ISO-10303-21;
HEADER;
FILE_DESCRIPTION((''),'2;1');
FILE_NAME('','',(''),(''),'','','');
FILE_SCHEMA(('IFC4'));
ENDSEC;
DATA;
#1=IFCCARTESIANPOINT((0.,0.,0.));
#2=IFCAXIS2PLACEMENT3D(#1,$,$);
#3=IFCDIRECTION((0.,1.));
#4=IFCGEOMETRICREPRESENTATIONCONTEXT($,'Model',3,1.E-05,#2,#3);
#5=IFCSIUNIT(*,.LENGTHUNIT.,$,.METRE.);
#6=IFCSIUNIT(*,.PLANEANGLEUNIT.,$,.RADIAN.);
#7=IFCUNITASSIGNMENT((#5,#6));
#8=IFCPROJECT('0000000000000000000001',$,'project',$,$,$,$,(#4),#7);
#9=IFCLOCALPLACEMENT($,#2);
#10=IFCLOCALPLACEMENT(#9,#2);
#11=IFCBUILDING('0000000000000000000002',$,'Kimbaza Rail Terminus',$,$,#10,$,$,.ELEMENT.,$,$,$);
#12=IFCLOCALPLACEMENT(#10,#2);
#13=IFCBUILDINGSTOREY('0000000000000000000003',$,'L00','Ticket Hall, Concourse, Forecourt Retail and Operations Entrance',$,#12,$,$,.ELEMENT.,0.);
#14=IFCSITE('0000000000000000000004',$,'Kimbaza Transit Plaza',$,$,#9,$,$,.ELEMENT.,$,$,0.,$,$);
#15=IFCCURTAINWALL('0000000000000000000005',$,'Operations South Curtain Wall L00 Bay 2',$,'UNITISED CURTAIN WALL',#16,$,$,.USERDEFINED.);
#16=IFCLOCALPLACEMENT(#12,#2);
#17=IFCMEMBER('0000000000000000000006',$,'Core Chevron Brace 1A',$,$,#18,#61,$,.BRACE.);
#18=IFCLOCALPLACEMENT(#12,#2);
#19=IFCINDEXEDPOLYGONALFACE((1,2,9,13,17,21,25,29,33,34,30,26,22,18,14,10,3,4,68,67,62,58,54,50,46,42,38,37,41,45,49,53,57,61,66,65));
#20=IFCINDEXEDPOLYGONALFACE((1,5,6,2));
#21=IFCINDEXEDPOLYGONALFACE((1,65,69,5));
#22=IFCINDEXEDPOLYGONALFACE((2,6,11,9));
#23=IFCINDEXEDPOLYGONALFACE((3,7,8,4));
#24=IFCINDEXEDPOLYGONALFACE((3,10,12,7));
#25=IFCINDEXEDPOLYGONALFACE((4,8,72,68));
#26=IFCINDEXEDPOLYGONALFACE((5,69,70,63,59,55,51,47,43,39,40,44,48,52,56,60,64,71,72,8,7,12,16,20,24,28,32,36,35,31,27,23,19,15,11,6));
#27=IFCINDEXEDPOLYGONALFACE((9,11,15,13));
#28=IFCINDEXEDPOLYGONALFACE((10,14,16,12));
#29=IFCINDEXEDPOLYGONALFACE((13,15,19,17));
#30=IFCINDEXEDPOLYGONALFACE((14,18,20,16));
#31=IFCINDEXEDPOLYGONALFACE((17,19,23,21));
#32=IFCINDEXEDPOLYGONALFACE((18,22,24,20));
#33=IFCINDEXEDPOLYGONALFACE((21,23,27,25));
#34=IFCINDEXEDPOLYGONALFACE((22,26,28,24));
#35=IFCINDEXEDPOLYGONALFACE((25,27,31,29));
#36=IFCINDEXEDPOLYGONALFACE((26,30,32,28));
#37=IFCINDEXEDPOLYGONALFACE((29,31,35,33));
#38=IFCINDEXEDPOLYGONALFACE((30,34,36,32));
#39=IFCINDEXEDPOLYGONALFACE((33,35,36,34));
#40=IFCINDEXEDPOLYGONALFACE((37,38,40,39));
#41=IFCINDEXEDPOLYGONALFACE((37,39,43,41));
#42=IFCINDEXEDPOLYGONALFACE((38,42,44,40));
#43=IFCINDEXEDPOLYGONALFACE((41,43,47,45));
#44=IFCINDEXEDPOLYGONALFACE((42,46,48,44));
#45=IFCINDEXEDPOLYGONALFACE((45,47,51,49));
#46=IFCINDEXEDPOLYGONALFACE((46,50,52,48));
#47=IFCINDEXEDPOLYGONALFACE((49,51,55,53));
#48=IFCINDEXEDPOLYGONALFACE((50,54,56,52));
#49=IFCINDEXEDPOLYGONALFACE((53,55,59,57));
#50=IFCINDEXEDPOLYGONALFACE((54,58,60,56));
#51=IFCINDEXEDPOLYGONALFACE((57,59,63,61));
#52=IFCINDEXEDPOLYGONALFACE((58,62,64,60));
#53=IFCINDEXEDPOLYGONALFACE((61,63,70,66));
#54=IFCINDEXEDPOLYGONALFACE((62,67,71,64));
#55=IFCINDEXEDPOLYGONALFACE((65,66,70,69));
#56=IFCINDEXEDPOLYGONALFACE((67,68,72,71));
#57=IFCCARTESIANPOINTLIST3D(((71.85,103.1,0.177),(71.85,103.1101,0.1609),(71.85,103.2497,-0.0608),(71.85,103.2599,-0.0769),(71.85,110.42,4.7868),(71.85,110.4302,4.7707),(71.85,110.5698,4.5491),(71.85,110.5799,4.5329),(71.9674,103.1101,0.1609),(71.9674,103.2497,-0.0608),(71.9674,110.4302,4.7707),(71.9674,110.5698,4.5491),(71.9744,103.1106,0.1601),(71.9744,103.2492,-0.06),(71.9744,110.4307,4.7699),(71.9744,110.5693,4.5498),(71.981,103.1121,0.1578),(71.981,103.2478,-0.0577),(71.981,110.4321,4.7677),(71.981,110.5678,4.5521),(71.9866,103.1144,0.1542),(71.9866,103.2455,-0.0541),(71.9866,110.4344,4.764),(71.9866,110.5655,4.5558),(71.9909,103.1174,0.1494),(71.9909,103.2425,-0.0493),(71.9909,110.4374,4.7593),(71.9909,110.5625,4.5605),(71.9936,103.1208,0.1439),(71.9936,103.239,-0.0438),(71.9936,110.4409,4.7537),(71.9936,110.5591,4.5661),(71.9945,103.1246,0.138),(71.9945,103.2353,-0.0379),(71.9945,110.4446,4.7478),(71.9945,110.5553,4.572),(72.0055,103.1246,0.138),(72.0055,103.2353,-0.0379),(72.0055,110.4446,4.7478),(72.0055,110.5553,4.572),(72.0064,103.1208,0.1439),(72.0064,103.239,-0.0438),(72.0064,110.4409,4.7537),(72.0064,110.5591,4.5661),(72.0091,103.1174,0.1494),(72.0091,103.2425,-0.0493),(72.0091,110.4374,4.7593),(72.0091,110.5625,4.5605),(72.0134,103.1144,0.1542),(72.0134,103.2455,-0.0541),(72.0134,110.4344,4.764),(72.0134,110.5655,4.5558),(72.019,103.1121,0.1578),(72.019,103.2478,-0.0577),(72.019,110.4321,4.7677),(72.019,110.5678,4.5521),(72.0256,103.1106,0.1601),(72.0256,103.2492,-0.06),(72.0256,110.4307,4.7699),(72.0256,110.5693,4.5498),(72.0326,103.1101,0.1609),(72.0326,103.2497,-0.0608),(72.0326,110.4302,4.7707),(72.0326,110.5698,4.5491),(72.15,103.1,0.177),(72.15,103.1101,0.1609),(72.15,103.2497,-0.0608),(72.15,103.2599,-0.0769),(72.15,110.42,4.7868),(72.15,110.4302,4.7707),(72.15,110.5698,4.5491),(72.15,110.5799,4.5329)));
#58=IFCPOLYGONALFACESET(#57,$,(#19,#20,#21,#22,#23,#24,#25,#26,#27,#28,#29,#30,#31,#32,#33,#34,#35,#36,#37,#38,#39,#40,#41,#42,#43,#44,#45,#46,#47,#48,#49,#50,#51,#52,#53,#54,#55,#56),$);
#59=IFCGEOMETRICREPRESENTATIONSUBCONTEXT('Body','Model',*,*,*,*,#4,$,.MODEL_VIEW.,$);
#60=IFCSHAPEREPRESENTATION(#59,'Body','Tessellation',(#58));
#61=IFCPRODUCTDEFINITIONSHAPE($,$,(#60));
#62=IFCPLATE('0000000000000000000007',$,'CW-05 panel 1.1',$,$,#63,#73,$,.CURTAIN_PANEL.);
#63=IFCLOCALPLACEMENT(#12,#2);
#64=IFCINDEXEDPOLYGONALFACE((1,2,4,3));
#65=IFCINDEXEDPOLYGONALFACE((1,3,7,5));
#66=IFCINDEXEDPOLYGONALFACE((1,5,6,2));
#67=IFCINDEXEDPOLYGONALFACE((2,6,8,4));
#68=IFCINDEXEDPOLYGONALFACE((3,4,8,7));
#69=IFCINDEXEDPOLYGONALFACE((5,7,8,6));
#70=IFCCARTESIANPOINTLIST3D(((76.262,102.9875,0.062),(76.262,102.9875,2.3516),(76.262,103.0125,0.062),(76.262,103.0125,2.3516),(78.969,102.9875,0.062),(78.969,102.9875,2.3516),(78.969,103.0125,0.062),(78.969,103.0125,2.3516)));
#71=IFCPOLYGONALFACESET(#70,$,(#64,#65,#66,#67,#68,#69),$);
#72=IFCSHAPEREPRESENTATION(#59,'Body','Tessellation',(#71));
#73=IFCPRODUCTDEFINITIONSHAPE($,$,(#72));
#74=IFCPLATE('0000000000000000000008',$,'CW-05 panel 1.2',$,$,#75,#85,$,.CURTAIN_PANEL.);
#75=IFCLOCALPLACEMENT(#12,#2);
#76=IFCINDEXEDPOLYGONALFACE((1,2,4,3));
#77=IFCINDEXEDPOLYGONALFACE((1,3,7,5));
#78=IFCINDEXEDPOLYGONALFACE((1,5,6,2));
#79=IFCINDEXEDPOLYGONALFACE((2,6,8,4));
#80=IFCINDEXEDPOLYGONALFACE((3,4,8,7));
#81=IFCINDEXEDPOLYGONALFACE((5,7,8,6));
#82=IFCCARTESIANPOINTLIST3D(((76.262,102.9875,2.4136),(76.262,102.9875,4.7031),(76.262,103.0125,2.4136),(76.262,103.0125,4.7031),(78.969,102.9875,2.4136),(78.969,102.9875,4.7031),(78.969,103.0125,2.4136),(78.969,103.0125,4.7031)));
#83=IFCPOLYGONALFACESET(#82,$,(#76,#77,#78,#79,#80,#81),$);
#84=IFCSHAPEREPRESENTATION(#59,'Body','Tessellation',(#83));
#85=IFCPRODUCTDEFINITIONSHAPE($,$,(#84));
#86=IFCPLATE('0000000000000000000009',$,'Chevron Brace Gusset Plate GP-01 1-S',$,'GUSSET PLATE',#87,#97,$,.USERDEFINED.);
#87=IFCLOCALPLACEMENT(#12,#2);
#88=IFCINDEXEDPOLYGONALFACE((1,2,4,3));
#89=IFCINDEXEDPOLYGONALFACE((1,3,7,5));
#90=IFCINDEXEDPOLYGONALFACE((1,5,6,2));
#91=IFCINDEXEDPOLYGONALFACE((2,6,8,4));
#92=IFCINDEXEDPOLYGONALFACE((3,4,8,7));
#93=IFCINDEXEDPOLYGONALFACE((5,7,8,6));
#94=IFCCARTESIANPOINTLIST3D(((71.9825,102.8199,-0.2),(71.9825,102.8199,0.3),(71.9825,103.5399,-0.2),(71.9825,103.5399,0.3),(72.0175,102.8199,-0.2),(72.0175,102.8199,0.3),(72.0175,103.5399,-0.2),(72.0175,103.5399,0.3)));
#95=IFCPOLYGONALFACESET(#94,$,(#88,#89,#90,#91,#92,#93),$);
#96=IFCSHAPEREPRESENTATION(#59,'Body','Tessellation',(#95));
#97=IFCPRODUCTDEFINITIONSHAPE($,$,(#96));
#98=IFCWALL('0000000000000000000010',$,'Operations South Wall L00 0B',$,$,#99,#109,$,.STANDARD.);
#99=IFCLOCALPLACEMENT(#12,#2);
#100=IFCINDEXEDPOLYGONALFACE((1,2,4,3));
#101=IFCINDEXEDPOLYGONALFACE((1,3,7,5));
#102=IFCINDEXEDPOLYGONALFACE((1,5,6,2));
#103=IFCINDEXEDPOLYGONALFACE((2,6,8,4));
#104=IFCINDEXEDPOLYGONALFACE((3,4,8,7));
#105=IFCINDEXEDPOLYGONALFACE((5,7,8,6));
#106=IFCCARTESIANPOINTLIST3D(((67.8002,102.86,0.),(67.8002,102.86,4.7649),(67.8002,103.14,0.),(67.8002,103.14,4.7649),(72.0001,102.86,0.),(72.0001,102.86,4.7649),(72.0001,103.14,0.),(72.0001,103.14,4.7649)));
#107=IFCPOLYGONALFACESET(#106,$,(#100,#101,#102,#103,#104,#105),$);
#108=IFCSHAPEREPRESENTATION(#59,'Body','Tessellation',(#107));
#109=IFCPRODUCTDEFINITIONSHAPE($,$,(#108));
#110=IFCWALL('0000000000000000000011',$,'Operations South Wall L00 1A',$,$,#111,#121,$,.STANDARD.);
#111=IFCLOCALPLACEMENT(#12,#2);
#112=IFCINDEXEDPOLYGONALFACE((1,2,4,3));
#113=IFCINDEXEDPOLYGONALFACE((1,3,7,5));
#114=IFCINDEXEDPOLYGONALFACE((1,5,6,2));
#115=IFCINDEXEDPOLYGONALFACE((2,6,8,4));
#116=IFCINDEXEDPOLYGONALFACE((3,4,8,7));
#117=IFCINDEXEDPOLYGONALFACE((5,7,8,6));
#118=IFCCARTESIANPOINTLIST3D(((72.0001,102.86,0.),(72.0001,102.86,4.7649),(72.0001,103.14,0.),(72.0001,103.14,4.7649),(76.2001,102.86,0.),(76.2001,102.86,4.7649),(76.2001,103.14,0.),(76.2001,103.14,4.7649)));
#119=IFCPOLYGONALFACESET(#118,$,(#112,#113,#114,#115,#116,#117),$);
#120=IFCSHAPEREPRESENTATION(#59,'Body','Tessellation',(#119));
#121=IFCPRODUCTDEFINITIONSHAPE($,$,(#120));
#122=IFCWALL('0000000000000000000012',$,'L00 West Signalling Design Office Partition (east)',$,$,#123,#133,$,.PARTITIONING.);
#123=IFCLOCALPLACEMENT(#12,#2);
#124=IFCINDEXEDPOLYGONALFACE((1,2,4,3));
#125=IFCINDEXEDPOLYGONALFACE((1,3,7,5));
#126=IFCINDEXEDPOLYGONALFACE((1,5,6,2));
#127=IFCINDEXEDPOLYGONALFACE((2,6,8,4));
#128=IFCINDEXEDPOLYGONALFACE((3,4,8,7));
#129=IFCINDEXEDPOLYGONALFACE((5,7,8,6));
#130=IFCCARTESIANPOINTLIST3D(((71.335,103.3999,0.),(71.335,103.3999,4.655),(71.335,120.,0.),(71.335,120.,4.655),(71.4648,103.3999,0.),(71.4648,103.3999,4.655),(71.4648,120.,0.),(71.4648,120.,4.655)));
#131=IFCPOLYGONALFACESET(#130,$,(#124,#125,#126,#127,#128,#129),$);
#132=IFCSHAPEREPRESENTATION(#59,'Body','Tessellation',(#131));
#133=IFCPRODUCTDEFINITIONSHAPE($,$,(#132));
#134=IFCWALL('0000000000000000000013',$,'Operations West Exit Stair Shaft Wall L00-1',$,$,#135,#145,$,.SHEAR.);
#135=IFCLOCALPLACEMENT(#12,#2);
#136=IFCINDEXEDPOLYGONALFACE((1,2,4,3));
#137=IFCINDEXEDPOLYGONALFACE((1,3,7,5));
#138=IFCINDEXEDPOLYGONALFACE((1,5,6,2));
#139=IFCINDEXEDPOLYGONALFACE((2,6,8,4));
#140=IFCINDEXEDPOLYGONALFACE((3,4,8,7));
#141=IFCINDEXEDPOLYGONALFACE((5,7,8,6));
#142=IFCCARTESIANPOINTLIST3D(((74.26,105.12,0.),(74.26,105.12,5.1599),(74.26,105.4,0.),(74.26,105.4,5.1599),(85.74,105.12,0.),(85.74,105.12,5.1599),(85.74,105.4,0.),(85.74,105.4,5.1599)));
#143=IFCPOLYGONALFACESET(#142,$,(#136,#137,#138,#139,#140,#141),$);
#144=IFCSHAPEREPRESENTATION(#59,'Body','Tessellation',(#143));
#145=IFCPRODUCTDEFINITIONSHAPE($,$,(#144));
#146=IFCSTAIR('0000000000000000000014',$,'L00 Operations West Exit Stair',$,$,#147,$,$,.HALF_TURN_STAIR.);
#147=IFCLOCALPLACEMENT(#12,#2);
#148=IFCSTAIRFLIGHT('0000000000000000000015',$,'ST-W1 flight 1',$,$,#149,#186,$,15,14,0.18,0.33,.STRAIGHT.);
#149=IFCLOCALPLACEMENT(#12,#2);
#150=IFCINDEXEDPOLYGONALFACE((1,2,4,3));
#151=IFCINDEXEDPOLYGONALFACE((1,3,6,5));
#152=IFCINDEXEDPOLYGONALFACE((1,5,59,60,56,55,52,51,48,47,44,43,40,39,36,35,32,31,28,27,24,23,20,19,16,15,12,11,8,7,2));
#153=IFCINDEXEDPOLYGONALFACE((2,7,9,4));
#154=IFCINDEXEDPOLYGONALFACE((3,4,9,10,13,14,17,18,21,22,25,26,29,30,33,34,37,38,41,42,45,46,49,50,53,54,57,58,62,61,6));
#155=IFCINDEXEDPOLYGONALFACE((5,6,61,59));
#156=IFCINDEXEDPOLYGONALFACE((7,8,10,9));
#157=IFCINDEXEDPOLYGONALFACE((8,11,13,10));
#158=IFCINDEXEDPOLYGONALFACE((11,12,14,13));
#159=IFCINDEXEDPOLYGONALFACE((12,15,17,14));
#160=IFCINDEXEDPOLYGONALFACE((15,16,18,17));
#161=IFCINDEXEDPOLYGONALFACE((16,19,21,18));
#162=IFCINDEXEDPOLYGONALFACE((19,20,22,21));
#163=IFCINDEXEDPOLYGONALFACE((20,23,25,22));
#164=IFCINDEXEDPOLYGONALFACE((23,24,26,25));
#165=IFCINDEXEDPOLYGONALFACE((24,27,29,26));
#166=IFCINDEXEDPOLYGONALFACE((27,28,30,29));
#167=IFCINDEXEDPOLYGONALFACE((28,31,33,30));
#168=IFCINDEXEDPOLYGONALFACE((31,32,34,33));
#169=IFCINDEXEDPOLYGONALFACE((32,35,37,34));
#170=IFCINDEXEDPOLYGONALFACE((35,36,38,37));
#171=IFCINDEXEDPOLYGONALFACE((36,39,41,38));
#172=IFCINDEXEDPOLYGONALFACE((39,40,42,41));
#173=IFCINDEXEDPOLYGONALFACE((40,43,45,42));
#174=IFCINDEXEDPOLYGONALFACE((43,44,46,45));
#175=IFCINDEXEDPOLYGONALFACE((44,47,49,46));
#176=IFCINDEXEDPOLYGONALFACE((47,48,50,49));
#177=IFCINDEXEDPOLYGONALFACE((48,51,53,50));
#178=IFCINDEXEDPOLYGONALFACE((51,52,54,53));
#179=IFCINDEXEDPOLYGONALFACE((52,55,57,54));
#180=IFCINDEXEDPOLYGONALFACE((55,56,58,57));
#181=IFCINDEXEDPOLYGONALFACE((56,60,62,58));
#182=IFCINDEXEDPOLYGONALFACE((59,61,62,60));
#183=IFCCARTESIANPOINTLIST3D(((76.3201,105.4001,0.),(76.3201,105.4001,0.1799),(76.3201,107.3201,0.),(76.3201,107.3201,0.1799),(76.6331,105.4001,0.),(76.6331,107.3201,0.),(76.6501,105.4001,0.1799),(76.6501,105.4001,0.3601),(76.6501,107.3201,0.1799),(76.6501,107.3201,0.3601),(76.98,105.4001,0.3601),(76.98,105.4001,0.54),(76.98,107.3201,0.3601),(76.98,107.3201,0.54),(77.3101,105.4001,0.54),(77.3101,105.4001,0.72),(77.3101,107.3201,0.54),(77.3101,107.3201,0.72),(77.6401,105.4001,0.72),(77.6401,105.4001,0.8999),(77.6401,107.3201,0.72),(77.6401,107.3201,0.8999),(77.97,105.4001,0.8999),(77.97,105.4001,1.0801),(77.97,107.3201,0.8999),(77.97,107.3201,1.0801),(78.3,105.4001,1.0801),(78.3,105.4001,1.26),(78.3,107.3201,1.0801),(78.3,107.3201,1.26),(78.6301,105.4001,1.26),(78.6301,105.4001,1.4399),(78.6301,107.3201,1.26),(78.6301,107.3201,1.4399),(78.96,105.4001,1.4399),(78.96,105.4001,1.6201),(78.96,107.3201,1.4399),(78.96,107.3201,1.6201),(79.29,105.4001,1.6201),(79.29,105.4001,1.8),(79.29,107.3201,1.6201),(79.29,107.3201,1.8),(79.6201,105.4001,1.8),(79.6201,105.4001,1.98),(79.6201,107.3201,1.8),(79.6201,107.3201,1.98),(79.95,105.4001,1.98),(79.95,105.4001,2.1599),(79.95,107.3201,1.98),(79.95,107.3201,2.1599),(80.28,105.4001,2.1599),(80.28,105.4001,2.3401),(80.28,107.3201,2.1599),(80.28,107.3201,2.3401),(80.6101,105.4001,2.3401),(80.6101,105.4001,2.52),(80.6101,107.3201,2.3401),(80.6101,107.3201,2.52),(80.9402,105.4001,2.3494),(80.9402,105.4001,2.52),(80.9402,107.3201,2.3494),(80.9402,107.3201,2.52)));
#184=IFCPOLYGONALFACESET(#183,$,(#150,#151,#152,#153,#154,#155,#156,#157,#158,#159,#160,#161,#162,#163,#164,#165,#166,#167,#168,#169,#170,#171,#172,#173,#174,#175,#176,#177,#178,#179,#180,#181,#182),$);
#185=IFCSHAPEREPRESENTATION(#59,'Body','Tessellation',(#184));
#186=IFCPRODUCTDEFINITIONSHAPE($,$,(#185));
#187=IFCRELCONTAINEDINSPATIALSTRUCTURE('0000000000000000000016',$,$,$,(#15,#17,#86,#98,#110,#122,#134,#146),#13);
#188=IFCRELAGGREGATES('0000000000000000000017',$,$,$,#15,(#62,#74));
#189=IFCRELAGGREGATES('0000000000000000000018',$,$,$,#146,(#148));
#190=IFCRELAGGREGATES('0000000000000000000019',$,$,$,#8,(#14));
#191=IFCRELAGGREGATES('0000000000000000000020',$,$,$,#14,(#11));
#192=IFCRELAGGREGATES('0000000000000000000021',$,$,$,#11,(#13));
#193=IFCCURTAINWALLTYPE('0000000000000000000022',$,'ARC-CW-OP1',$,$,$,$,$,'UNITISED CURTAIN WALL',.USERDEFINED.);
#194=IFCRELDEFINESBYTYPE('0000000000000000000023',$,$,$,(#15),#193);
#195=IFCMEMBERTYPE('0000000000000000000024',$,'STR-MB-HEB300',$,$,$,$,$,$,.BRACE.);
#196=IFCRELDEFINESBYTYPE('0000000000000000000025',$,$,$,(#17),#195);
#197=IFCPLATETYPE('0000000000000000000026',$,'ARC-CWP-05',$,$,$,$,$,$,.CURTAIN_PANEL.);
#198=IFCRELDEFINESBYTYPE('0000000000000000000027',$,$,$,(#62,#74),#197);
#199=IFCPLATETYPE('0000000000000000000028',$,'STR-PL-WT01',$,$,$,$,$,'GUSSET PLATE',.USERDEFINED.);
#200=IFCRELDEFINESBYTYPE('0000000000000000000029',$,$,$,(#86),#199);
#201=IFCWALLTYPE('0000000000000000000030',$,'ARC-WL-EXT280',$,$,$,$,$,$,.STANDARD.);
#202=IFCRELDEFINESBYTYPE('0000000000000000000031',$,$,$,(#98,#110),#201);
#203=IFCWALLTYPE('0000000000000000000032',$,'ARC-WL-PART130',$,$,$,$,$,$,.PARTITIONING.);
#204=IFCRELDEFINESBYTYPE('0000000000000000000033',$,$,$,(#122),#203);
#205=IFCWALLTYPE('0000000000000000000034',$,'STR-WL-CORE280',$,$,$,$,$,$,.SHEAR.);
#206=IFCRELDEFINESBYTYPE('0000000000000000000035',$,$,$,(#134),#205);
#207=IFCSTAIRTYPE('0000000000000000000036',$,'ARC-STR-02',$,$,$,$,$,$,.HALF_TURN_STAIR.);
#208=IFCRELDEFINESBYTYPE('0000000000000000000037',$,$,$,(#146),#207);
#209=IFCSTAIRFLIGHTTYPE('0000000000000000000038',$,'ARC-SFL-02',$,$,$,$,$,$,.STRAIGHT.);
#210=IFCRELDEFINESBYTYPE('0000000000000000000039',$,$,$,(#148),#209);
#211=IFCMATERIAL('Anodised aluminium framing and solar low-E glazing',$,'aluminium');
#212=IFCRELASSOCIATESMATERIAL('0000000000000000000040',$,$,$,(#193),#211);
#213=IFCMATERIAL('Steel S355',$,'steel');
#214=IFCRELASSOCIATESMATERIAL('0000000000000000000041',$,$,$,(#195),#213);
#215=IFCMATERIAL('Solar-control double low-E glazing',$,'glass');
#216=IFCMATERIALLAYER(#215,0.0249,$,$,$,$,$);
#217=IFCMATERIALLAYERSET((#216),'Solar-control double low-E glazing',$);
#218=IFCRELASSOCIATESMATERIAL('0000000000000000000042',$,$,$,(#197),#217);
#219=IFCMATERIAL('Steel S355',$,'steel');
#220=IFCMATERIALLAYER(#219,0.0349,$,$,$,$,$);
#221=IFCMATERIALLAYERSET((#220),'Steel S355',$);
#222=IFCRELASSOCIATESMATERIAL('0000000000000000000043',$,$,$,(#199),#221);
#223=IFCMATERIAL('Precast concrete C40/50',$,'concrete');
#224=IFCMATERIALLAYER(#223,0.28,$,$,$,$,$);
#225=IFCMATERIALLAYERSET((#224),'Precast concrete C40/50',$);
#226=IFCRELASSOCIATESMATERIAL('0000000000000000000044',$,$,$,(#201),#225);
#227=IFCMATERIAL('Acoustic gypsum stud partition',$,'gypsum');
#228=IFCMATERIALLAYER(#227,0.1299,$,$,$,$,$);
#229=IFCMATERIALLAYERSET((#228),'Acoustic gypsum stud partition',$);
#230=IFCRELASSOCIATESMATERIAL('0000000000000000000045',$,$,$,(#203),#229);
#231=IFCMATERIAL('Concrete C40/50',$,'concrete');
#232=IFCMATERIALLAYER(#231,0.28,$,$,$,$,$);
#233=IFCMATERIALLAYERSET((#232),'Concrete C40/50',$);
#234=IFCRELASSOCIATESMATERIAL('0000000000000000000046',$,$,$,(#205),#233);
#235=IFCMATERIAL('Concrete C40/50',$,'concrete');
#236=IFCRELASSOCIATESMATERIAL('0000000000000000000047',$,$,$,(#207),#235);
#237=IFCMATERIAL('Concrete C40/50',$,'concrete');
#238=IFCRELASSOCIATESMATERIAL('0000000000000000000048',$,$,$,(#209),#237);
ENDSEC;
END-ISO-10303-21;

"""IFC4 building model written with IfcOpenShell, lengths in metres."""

from ifc_helpers import new_model, si_unit, direction, frame, frame_2d, origin, origin_2d, place, context, subcontext, project, spatial, polyline, rectangle, i_section, outline, extrude, material, layer, layer_set, material_profile, profile_set, type_object, element, aggregate, save


model = new_model("IFC4")

# Units and contexts
model_context = context("Model", 3, precision=1e-05, world=origin(), true_north=direction((0.0, 1.0)))
body_context = subcontext(model_context, "Body", "Model", "MODEL_VIEW")
ifc_project = project(units=[si_unit("LENGTHUNIT", "METRE"), si_unit("PLANEANGLEUNIT", "RADIAN")], contexts=[model_context])

# Site, building, storey
site_placement = place(None, origin())
site = spatial("IfcSite", under=ifc_project, at=site_placement, Name="Kimbaza Transit Plaza", CompositionType="ELEMENT", RefElevation=0.0)
building_placement = place(site_placement, origin())
building = spatial("IfcBuilding", under=site, at=building_placement, Name="Kimbaza Rail Terminus", CompositionType="ELEMENT")
storey_placement = place(building_placement, origin())
storey = spatial("IfcBuildingStorey", under=building, at=storey_placement, Name="L00", Description="Ticket Hall, Concourse, Forecourt Retail and Operations Entrance", CompositionType="ELEMENT", Elevation=0.0)

# Shared definitions
ifc_material_1 = material(Name="Anodised aluminium framing and solar low-E glazing", Category="aluminium")
curtain_wall_type = type_object("IfcCurtainWallType", Name="ARC-CW-OP1", ElementType="UNITISED CURTAIN WALL", PredefinedType="USERDEFINED", material=ifc_material_1)

# Curtain wall
curtain_wall_1_placement = place(storey_placement, origin())
curtain_wall_1 = element("IfcCurtainWall", 1, at=curtain_wall_1_placement, inside=storey, type_object=curtain_wall_type, Name="Operations South Curtain Wall L00 Bay 2", ObjectType="UNITISED CURTAIN WALL", PredefinedType="USERDEFINED")

# Member
ifc_material_2 = material(Name="Steel S355", Category="steel")
ifc_material_profile_1 = material_profile(ifc_material_2, i_section(OverallWidth=0.3, OverallDepth=0.3, WebThickness=0.011, FlangeThickness=0.019, FilletRadius=0.0271, at=origin_2d()), Name="HEB 300")
ifc_profile_set_1 = profile_set([ifc_material_profile_1], Name="Steel S355")
member_type_1 = type_object("IfcMemberType", Name="STR-MB-HEB300", PredefinedType="BRACE", material=ifc_profile_set_1)
member_1_placement = place(storey_placement, frame((72.0, 103.1799, 0.05), z_axis=(0.0, 0.846184, 0.53289), x_axis=(-1.0, 0.0, 0.0)))
element("IfcMember", 2, at=member_1_placement, inside=storey, type_object=member_type_1, Name="Core Chevron Brace 1A", PredefinedType="BRACE", context=body_context, shape_type="SweptSolid", body=[
    extrude(i_section(OverallWidth=0.3, OverallDepth=0.3, WebThickness=0.011, FlangeThickness=0.019, FilletRadius=0.0271, at=origin_2d()), origin(), (0.0, 0.0, 1.0), 8.6506),
])

# Plates
ifc_material_3 = material(Name="Solar-control double low-E glazing", Category="glass")
ifc_layer_1 = layer(ifc_material_3, 0.0249)
ifc_layer_set_1 = layer_set([ifc_layer_1], Name="Solar-control double low-E glazing")
plate_type_1 = type_object("IfcPlateType", Name="ARC-CWP-05", PredefinedType="CURTAIN_PANEL", material=ifc_layer_set_1)
plate_1_placement = place(storey_placement, frame((77.6155, 103.0, 0.062), z_axis=(0.0, 0.0, 1.0), x_axis=(1.0, 0.0, 0.0)))
plate_1 = element("IfcPlate", 3, at=plate_1_placement, type_object=plate_type_1, Name="CW-05 panel 1.1", PredefinedType="CURTAIN_PANEL", context=body_context, shape_type="SweptSolid", body=[
    extrude(rectangle(XDim=2.707, YDim=0.0249, at=origin_2d()), origin(), (0.0, 0.0, 1.0), 2.2896),
])
plate_2_placement = place(storey_placement, frame((77.6155, 103.0, 2.4136), z_axis=(0.0, 0.0, 1.0), x_axis=(1.0, 0.0, 0.0)))
plate_2 = element("IfcPlate", 4, at=plate_2_placement, type_object=plate_type_1, Name="CW-05 panel 1.2", PredefinedType="CURTAIN_PANEL", context=body_context, shape_type="SweptSolid", body=[
    extrude(rectangle(XDim=2.707, YDim=0.0249, at=origin_2d()), origin(), (0.0, 0.0, 1.0), 2.2896),
])
aggregate(curtain_wall_1, [plate_1, plate_2])
ifc_material_4 = material(Name="Steel S355", Category="steel")
ifc_layer_2 = layer(ifc_material_4, 0.0349)
ifc_layer_set_2 = layer_set([ifc_layer_2], Name="Steel S355")
plate_type_2 = type_object("IfcPlateType", Name="STR-PL-WT01", ElementType="GUSSET PLATE", PredefinedType="USERDEFINED", material=ifc_layer_set_2)
plate_3_placement = place(storey_placement, frame((72.0, 103.1799, -0.2), z_axis=(0.0, 0.0, 1.0), x_axis=(1.0, 0.0, 0.0)))
element("IfcPlate", 5, at=plate_3_placement, inside=storey, type_object=plate_type_2, Name="Chevron Brace Gusset Plate GP-01 1-S", ObjectType="GUSSET PLATE", PredefinedType="USERDEFINED", context=body_context, shape_type="SweptSolid", body=[
    extrude(rectangle(XDim=0.0349, YDim=0.72, at=origin_2d()), origin(), (0.0, 0.0, 1.0), 0.5),
])

# Walls
ifc_material_5 = material(Name="Precast concrete C40/50", Category="concrete")
ifc_layer_3 = layer(ifc_material_5, 0.28)
ifc_layer_set_3 = layer_set([ifc_layer_3], Name="Precast concrete C40/50")
wall_type_1 = type_object("IfcWallType", Name="ARC-WL-EXT280", PredefinedType="STANDARD", material=ifc_layer_set_3)
for number, where, z_axis, x_axis, name in (
    (6, (67.8, 103.0, 0.0), (0.0, 0.0, 1.0), (1.0, 0.0, 0.0), "Operations South Wall L00 0B"),
    (7, (72.0, 103.0, 0.0), (0.0, 0.0, 1.0), (1.0, 0.0, 0.0), "Operations South Wall L00 1A"),
):
    element("IfcWall", number, at=place(storey_placement, frame(where, z_axis=z_axis, x_axis=x_axis)), inside=storey, type_object=wall_type_1, Name=name, PredefinedType="STANDARD", context=body_context, shape_type="SweptSolid", body=[
        extrude(rectangle(XDim=4.2, YDim=0.28, at=frame_2d((2.1001, 0.0))), origin(), (0.0, 0.0, 1.0), 4.7649),
    ])
ifc_material_6 = material(Name="Acoustic gypsum stud partition", Category="gypsum")
ifc_layer_4 = layer(ifc_material_6, 0.1299)
ifc_layer_set_4 = layer_set([ifc_layer_4], Name="Acoustic gypsum stud partition")
wall_type_2 = type_object("IfcWallType", Name="ARC-WL-PART130", PredefinedType="PARTITIONING", material=ifc_layer_set_4)
wall_1_placement = place(storey_placement, frame((71.3999, 103.3999, 0.0), z_axis=(0.0, 0.0, 1.0), x_axis=(0.0, 1.0, 0.0)))
element("IfcWall", 8, at=wall_1_placement, inside=storey, type_object=wall_type_2, Name="L00 West Signalling Design Office Partition (east)", PredefinedType="PARTITIONING", context=body_context, shape_type="SweptSolid", body=[
    extrude(rectangle(XDim=16.6001, YDim=0.1299, at=frame_2d((8.3, 0.0))), origin(), (0.0, 0.0, 1.0), 4.655),
])
ifc_material_7 = material(Name="Concrete C40/50", Category="concrete")
ifc_layer_5 = layer(ifc_material_7, 0.28)
ifc_layer_set_5 = layer_set([ifc_layer_5], Name="Concrete C40/50")
wall_type_3 = type_object("IfcWallType", Name="STR-WL-CORE280", PredefinedType="SHEAR", material=ifc_layer_set_5)
wall_2_placement = place(storey_placement, frame((74.26, 105.26, 0.0), z_axis=(0.0, 0.0, 1.0), x_axis=(1.0, 0.0, 0.0)))
element("IfcWall", 9, at=wall_2_placement, inside=storey, type_object=wall_type_3, Name="Operations West Exit Stair Shaft Wall L00-1", PredefinedType="SHEAR", context=body_context, shape_type="SweptSolid", body=[
    extrude(rectangle(XDim=11.48, YDim=0.28, at=frame_2d((5.74, 0.0))), origin(), (0.0, 0.0, 1.0), 5.1599),
])

# Stair, stair flight
ifc_material_8 = material(Name="Concrete C40/50", Category="concrete")
stair_type = type_object("IfcStairType", Name="ARC-STR-02", PredefinedType="HALF_TURN_STAIR", material=ifc_material_8)
stair_placement = place(storey_placement, origin())
stair = element("IfcStair", 10, at=stair_placement, inside=storey, type_object=stair_type, Name="L00 Operations West Exit Stair", PredefinedType="HALF_TURN_STAIR")
ifc_material_9 = material(Name="Concrete C40/50", Category="concrete")
stair_flight_type = type_object("IfcStairFlightType", Name="ARC-SFL-02", PredefinedType="STRAIGHT", material=ifc_material_9)
stair_flight_placement = place(storey_placement, frame((76.3201, 106.3601, 0.0), z_axis=(0.0, 0.0, 1.0), x_axis=(1.0, 0.0, 0.0)))
stair_flight = element("IfcStairFlight", 11, at=stair_flight_placement, type_object=stair_flight_type, Name="ST-W1 flight 1", NumberOfRisers=15, NumberOfTreads=14, PredefinedType="STRAIGHT", RiserHeight=0.18, TreadLength=0.33, context=body_context, shape_type="SweptSolid", body=[
    extrude(outline(polyline([(0.0, 0.0), (0.0, 0.1799), (0.3301, 0.1799), (0.3301, 0.3601), (0.6599, 0.3601), (0.6599, 0.54), (0.99, 0.54), (0.99, 0.72), (1.3201, 0.72), (1.3201, 0.8999), (1.6499, 0.8999), (1.6499, 1.0801), (1.98, 1.0801), (1.98, 1.26), (2.3101, 1.26), (2.3101, 1.4399), (2.6399, 1.4399), (2.6399, 1.6201), (2.97, 1.6201), (2.97, 1.8), (3.3, 1.8), (3.3, 1.98), (3.6299, 1.98), (3.6299, 2.1599), (3.96, 2.1599), (3.96, 2.3401), (4.29, 2.3401), (4.29, 2.52), (4.6201, 2.52), (4.6201, 2.7), (4.6201, 2.3494), (0.313, 0.0), (0.0, 0.0)])), frame((0.0, 0.96, 0.0), z_axis=(0.0, -1.0, 0.0), x_axis=(1.0, 0.0, 0.0)), (0.0, 0.0, 1.0), 1.9199),
])
aggregate(stair, [stair_flight])

save(model, "model.ifc")
